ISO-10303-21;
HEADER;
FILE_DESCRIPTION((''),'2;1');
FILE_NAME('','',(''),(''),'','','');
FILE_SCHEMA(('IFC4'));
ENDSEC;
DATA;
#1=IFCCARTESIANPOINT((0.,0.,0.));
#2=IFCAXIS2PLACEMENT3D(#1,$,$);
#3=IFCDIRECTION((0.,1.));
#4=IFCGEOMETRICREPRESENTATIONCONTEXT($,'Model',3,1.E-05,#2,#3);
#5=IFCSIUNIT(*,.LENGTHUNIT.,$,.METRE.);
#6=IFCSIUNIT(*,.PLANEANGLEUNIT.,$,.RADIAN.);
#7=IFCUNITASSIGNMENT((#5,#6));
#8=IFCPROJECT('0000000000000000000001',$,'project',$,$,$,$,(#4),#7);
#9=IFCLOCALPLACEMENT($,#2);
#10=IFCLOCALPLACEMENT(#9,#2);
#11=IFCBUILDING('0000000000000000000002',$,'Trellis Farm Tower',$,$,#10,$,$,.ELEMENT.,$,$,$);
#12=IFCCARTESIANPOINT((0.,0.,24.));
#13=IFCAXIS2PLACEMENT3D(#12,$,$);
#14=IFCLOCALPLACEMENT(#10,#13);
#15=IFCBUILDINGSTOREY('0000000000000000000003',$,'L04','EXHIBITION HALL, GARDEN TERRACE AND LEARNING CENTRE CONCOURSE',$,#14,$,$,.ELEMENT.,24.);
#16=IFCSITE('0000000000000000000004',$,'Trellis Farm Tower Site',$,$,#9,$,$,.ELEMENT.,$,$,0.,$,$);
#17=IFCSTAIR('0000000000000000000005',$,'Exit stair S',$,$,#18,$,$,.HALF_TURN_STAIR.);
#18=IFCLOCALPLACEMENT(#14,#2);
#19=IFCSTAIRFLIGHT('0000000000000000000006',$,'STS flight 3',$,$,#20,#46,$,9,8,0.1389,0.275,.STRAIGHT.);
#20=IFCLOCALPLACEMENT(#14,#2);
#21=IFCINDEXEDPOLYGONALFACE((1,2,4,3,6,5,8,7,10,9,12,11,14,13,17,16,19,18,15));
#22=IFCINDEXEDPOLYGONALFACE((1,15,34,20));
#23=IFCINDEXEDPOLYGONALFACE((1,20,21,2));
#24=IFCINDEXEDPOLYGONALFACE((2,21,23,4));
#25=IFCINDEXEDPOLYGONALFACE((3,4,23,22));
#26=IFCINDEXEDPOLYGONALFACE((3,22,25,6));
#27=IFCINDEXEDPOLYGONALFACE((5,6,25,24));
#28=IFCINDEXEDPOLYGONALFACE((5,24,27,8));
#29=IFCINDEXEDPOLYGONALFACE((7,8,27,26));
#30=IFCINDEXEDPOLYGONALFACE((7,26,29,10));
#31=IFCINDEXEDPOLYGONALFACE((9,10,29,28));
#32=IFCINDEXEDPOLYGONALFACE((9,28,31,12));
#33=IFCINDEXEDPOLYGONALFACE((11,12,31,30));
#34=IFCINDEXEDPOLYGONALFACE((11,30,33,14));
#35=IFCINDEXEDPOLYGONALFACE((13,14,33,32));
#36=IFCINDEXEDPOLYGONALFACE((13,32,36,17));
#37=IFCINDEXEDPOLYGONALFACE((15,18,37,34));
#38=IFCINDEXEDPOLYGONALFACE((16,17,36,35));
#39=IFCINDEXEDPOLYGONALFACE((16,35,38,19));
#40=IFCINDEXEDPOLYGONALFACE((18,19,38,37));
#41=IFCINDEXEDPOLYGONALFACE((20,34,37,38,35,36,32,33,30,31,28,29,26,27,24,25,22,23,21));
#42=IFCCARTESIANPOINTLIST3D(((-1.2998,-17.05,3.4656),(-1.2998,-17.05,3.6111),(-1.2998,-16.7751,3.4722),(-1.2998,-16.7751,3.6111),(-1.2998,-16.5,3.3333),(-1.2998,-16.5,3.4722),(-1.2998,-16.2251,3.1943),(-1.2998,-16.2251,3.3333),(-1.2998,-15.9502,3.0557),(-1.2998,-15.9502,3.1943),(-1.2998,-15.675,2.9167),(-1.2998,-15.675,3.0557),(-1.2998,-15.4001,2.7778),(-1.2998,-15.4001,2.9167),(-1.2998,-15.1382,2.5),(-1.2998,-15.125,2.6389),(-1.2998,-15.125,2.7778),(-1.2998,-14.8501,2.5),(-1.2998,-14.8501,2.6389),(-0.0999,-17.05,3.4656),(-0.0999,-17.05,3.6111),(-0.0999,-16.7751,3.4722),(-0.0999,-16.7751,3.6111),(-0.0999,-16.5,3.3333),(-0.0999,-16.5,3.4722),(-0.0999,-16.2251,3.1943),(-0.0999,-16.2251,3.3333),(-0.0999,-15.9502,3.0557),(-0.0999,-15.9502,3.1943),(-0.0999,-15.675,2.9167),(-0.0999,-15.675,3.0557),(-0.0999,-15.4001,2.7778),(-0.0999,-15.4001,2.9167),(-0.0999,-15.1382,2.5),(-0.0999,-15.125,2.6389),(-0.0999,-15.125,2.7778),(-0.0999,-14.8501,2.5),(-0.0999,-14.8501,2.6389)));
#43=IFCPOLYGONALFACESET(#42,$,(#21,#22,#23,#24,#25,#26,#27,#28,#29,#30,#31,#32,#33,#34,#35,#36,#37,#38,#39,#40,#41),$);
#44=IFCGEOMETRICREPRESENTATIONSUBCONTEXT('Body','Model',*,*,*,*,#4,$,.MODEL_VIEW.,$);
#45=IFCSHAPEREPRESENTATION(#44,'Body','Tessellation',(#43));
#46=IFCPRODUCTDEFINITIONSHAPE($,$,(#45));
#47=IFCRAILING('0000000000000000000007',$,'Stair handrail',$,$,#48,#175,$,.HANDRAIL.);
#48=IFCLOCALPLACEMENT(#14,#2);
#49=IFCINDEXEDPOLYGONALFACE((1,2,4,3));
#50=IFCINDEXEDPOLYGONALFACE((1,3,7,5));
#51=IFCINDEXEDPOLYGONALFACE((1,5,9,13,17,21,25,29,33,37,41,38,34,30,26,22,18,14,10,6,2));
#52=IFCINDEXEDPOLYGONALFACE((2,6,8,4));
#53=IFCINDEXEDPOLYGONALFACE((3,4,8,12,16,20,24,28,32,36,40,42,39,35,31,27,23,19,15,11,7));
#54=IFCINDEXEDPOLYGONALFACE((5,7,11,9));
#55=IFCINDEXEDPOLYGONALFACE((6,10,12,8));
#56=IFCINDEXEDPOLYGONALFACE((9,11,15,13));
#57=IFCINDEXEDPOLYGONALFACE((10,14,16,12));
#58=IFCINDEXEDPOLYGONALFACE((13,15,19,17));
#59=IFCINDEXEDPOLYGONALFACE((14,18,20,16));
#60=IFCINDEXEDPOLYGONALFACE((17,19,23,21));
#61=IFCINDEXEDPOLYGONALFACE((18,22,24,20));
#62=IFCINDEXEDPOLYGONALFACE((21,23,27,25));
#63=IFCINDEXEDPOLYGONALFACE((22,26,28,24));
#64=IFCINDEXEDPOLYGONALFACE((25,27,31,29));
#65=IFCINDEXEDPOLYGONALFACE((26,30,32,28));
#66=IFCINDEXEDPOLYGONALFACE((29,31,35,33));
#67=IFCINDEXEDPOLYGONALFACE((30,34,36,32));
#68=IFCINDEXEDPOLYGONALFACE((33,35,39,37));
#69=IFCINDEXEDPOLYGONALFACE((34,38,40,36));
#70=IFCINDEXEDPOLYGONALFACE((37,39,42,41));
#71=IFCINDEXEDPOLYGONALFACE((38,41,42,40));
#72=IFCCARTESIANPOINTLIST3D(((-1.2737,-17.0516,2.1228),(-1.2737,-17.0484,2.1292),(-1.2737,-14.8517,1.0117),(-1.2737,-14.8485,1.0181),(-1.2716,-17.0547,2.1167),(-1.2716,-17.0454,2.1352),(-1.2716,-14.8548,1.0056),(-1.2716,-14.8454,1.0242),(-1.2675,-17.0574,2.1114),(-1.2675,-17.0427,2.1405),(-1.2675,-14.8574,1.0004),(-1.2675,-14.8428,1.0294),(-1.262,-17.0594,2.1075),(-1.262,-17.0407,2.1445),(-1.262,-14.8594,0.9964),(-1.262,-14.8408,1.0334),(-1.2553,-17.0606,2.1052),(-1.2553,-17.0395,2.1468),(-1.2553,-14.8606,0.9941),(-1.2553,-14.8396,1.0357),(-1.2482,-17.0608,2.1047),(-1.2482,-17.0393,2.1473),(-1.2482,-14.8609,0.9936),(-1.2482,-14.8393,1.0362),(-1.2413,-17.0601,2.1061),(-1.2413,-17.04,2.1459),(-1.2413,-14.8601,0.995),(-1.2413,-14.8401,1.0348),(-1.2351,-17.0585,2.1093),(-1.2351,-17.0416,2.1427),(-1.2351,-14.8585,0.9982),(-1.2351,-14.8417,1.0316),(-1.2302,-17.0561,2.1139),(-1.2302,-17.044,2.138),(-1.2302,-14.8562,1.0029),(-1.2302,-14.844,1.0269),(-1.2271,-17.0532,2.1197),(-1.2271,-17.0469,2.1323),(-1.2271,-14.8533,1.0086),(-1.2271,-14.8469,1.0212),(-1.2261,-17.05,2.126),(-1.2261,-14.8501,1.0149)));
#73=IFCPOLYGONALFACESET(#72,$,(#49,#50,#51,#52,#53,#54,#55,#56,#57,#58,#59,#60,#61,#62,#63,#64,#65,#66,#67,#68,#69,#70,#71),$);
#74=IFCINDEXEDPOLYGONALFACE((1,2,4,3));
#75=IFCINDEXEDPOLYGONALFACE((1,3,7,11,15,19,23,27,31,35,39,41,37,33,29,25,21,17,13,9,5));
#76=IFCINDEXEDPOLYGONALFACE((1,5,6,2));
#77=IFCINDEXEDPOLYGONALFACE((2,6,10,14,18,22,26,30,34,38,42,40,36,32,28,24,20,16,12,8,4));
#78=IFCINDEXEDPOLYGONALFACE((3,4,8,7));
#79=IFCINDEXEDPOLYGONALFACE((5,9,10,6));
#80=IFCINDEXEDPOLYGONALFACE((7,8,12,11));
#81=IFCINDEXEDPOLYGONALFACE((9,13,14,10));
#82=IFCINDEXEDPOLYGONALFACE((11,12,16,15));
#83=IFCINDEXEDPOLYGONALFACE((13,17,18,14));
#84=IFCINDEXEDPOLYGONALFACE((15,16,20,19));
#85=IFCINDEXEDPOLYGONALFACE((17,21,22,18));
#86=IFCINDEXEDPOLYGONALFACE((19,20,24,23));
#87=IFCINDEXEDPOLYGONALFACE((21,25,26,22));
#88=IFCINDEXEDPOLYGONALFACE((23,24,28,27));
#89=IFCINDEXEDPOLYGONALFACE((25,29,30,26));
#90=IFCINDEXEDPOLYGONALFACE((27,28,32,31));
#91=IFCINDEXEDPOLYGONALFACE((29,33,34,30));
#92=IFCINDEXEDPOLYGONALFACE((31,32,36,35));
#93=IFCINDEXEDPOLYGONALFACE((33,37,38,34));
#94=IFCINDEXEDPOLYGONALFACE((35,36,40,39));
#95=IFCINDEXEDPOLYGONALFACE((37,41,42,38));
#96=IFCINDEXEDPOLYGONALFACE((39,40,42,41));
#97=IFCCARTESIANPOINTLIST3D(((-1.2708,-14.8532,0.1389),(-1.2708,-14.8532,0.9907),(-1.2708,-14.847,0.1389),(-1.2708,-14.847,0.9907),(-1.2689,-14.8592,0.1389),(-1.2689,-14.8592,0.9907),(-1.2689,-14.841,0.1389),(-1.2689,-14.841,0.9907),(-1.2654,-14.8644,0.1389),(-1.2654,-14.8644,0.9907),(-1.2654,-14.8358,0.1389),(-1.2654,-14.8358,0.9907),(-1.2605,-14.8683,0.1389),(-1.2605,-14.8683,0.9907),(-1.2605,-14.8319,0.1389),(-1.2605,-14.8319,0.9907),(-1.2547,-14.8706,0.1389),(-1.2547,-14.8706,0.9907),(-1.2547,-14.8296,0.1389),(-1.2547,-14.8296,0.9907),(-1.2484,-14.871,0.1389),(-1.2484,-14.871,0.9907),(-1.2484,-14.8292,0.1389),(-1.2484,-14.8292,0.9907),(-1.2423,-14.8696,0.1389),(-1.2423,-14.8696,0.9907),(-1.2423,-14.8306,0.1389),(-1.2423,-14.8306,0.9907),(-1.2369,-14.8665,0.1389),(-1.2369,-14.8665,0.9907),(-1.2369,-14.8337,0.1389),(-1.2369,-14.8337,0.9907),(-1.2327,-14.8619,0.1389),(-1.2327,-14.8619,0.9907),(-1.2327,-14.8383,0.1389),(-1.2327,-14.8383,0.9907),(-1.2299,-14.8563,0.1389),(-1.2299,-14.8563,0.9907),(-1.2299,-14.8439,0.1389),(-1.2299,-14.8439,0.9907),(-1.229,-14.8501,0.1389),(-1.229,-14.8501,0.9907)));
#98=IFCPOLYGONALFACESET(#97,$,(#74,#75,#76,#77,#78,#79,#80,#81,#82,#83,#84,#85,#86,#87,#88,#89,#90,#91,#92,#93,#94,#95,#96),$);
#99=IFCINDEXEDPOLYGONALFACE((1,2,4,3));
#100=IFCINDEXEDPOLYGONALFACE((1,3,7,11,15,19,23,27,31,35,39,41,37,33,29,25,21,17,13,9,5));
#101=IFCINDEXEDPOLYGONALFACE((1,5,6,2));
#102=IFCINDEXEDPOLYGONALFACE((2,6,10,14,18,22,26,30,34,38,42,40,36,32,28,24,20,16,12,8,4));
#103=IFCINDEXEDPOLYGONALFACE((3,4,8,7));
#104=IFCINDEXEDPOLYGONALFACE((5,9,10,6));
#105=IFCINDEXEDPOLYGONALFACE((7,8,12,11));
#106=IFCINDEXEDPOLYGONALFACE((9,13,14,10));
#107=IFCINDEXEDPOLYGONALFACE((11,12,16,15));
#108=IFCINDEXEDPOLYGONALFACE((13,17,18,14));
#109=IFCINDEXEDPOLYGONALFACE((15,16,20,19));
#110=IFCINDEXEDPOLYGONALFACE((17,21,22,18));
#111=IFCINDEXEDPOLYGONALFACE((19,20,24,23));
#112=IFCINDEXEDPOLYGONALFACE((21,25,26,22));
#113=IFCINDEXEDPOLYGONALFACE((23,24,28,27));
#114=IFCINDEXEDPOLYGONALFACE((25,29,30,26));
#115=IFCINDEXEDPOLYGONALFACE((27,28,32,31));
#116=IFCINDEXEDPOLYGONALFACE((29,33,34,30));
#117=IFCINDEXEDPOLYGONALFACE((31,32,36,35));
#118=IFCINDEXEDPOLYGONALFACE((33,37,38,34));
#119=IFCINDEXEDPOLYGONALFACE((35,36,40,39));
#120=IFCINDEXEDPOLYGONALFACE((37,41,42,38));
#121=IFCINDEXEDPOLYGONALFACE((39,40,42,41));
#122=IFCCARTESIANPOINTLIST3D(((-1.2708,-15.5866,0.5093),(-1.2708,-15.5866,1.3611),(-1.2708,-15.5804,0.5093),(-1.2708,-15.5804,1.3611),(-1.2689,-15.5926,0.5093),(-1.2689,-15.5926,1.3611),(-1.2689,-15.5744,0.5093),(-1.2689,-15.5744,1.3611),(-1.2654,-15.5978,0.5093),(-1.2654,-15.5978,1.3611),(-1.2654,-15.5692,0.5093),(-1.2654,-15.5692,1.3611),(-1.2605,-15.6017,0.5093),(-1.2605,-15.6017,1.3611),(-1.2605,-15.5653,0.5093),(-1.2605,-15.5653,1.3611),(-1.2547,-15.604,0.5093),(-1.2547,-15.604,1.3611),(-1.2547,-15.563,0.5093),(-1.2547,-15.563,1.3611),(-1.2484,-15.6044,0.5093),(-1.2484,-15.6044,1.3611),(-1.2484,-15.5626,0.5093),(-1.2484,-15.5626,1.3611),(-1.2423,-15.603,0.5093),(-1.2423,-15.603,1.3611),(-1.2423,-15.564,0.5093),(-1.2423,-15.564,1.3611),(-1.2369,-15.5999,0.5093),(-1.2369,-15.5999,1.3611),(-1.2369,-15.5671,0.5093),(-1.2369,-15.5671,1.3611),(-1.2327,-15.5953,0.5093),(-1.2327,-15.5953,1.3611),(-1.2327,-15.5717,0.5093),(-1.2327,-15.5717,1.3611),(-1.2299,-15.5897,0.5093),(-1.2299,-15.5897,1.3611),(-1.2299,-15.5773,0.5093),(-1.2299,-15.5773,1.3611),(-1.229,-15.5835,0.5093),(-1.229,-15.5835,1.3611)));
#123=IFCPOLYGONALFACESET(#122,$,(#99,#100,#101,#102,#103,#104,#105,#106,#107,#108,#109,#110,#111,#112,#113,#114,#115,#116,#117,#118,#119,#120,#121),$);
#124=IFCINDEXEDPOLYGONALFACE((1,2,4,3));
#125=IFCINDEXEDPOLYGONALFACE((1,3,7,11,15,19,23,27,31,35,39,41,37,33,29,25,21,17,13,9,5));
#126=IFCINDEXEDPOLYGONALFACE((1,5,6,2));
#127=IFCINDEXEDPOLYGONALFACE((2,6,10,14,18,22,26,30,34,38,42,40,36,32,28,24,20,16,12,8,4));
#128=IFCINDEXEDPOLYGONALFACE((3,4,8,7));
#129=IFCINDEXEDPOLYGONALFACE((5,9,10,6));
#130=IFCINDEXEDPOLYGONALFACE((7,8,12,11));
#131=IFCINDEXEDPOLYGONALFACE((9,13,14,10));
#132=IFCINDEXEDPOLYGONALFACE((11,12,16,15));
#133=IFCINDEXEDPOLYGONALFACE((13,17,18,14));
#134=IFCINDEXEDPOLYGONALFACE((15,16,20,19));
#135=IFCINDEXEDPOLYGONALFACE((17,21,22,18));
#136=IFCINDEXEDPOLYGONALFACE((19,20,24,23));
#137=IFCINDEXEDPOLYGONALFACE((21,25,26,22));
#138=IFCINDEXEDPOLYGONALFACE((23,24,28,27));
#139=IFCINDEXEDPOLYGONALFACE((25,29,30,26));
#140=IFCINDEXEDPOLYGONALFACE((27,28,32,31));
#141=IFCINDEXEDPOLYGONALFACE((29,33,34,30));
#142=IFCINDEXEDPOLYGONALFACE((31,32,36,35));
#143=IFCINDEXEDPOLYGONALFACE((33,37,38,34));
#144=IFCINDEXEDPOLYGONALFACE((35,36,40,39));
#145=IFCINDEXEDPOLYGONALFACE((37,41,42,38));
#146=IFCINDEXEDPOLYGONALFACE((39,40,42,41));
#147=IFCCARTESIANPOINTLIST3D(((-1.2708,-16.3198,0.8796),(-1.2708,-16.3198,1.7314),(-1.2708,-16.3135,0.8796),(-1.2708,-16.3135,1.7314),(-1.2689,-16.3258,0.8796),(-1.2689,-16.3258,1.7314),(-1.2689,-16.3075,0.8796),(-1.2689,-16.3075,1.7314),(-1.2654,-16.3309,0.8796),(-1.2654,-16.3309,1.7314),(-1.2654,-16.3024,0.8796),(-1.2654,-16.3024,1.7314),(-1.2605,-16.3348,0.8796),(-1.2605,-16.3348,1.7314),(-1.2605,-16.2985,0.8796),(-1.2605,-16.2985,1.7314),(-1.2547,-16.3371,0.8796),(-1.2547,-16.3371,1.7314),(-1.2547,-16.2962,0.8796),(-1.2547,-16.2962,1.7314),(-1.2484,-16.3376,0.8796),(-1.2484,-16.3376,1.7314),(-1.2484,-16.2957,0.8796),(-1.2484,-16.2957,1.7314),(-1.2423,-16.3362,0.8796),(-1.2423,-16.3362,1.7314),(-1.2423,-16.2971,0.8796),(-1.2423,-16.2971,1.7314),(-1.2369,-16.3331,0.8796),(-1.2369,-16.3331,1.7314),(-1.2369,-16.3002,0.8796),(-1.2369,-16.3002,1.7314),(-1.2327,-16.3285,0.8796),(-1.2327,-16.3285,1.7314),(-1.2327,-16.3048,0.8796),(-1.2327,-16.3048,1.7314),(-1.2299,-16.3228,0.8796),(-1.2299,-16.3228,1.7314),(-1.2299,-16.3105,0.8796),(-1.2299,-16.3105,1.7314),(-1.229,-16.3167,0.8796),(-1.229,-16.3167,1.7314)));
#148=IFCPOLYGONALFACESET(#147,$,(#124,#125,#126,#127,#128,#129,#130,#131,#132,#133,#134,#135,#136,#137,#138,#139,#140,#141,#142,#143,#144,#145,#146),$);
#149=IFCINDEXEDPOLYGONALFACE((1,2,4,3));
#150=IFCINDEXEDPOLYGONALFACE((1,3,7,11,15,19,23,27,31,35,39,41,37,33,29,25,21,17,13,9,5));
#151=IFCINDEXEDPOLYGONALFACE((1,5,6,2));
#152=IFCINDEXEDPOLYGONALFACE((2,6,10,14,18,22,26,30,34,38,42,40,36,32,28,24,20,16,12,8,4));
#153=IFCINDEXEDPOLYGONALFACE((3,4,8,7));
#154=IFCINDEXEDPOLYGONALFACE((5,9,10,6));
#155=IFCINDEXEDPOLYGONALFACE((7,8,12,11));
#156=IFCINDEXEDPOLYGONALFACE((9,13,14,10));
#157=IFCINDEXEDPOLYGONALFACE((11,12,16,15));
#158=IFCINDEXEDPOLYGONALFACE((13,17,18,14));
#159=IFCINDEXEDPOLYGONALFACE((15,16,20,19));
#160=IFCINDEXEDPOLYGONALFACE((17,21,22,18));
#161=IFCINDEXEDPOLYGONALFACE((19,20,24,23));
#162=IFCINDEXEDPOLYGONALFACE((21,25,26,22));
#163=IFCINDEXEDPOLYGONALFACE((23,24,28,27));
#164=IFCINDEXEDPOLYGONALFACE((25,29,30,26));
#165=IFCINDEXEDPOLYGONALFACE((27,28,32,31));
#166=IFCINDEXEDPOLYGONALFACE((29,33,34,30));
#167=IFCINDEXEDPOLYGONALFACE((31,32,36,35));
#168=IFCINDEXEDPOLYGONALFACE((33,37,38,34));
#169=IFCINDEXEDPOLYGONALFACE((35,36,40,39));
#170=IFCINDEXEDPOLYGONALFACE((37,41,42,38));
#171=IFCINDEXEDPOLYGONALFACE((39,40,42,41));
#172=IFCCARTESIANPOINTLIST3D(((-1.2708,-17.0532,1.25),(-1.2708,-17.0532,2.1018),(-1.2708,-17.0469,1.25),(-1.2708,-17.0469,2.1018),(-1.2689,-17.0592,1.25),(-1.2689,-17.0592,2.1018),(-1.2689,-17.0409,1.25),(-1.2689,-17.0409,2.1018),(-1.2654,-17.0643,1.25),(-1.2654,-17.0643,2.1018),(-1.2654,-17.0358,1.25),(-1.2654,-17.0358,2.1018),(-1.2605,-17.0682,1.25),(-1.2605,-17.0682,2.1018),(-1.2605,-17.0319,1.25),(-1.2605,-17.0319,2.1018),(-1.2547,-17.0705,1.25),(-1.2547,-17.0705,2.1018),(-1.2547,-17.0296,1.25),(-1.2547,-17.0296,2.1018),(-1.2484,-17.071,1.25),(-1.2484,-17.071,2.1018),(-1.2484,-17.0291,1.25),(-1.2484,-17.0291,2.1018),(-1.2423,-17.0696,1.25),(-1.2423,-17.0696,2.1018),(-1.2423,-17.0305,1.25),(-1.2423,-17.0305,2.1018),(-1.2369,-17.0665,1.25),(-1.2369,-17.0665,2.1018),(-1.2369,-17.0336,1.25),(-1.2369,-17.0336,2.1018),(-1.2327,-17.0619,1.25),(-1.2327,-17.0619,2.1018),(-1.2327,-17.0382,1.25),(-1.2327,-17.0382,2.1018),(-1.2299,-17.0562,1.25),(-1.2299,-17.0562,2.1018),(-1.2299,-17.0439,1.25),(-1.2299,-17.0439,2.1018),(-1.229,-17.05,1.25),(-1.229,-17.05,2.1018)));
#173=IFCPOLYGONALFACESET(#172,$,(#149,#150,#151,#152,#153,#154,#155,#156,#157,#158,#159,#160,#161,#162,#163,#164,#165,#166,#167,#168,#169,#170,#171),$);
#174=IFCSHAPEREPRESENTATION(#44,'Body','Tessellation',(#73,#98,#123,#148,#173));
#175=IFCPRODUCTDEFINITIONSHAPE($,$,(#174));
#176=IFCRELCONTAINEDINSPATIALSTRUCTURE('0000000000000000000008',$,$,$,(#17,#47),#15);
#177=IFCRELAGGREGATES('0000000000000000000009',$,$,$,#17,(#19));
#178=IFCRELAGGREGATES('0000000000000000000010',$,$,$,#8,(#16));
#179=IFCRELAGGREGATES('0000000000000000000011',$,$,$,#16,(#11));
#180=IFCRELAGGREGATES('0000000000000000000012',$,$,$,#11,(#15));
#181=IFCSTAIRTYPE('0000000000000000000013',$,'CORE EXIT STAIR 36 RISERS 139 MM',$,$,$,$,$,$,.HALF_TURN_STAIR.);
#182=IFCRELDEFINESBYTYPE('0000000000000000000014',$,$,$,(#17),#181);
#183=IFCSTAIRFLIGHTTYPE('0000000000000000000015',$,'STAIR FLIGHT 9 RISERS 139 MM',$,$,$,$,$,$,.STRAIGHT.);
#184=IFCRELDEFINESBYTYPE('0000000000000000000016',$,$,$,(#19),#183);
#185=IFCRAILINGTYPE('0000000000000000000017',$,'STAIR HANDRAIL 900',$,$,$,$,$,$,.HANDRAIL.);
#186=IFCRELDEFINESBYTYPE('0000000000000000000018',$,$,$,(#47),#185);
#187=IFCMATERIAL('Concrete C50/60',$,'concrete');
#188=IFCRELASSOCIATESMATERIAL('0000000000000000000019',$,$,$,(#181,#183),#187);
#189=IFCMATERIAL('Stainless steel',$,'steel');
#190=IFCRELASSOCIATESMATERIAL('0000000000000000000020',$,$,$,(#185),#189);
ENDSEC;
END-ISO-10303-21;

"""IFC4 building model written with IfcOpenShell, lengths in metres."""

from ifc_helpers import new_model, si_unit, direction, frame, origin, origin_2d, place, context, subcontext, project, spatial, polyline, circle, outline, extrude, source, transform, mapped, material, type_object, element, aggregate, save


model = new_model("IFC4")

# Units and contexts
model_context = context("Model", 3, precision=1e-05, world=origin(), true_north=direction((0.0, 1.0)))
body_context = subcontext(model_context, "Body", "Model", "MODEL_VIEW")
ifc_project = project(units=[si_unit("LENGTHUNIT", "METRE"), si_unit("PLANEANGLEUNIT", "RADIAN")], contexts=[model_context])

# Site, building, storey
site_placement = place(None, origin())
site = spatial("IfcSite", under=ifc_project, at=site_placement, Name="Trellis Farm Tower Site", CompositionType="ELEMENT", RefElevation=0.0)
building_placement = place(site_placement, origin())
building = spatial("IfcBuilding", under=site, at=building_placement, Name="Trellis Farm Tower", CompositionType="ELEMENT")
storey_placement = place(building_placement, frame((0.0, 0.0, 24.0)))
storey = spatial("IfcBuildingStorey", under=building, at=storey_placement, Name="L04", Description="EXHIBITION HALL, GARDEN TERRACE AND LEARNING CENTRE CONCOURSE", CompositionType="ELEMENT", Elevation=24.0)

# Shared definitions
ifc_material_1 = material(Name="Stainless steel", Category="steel")

# Stair, stair flight
ifc_material_2 = material(Name="Concrete C50/60", Category="concrete")
stair_type = type_object("IfcStairType", Name="CORE EXIT STAIR 36 RISERS 139 MM", PredefinedType="HALF_TURN_STAIR", material=ifc_material_2)
stair_placement = place(storey_placement, origin())
stair = element("IfcStair", 1, at=stair_placement, inside=storey, type_object=stair_type, Name="Exit stair S", PredefinedType="HALF_TURN_STAIR")
stair_flight_type = type_object("IfcStairFlightType", Name="STAIR FLIGHT 9 RISERS 139 MM", PredefinedType="STRAIGHT", material=ifc_material_2)
shared_shape_1 = source(origin(), body_context, "Body", "SweptSolid", [
    extrude(outline(polyline([(0.0, 0.0), (0.0, 0.1389), (0.2749, 0.1389), (0.2749, 0.2778), (0.55, 0.2778), (0.55, 0.4167), (0.825, 0.4167), (0.825, 0.5557), (1.1001, 0.5557), (1.1001, 0.6943), (1.375, 0.6943), (1.375, 0.8333), (1.6499, 0.8333), (1.6499, 0.9722), (1.925, 0.9722), (1.925, 1.1111), (2.2, 1.1111), (2.2, 1.25), (2.2, 0.9656), (0.2881, 0.0), (0.0, 0.0)])), frame((0.0, 0.6001, 0.0), z_axis=(0.0, -1.0, 0.0), x_axis=(1.0, 0.0, 0.0)), (0.0, 0.0, 1.0), 1.2),
])
stair_flight_1_placement = place(storey_placement, frame((-0.7, -14.8501, 2.5), z_axis=(0.0, 0.0, 1.0), x_axis=(0.0, -1.0, 0.0)))
stair_flight_1 = element("IfcStairFlight", 2, at=stair_flight_1_placement, type_object=stair_flight_type, Name="STS flight 3", NumberOfRisers=9, NumberOfTreads=8, PredefinedType="STRAIGHT", RiserHeight=0.1389, TreadLength=0.275, context=body_context, shape_type="MappedRepresentation", body=[
    mapped(shared_shape_1, transform((0.0, 0.0, 0.0))),
])
aggregate(stair, [stair_flight_1])

# Railing
railing_type = type_object("IfcRailingType", Name="STAIR HANDRAIL 900", PredefinedType="HANDRAIL", material=ifc_material_1)
shared_shape_2 = source(origin(), body_context, "Body", "SweptSolid", [
    extrude(circle(Radius=0.0239, at=origin_2d()), frame((0.0, 0.0, 0.876), z_axis=(0.0, -0.892617, 0.450816), x_axis=(1.0, 0.0, 0.0)), (0.0, 0.0, 1.0), 2.4646),
    extrude(circle(Radius=0.021, at=origin_2d()), origin(), (0.0, 0.0, 1.0), 0.8518),
    extrude(circle(Radius=0.021, at=origin_2d()), frame((0.0, -0.7334, 0.3704)), (0.0, 0.0, 1.0), 0.8518),
    extrude(circle(Radius=0.021, at=origin_2d()), frame((0.0, -1.4666, 0.7407)), (0.0, 0.0, 1.0), 0.8518),
    extrude(circle(Radius=0.021, at=origin_2d()), frame((0.0, -2.2, 1.1111)), (0.0, 0.0, 1.0), 0.8518),
])
for number, where, name in (
    (3, (-1.25, -14.8501, 0.1389), "Stair handrail"),
):
    element("IfcRailing", number, at=place(storey_placement, frame(where)), inside=storey, type_object=railing_type, Name=name, PredefinedType="HANDRAIL", context=body_context, shape_type="MappedRepresentation", body=[
        mapped(shared_shape_2, transform((0.0, 0.0, 0.0))),
    ])

save(model, "model.ifc")
